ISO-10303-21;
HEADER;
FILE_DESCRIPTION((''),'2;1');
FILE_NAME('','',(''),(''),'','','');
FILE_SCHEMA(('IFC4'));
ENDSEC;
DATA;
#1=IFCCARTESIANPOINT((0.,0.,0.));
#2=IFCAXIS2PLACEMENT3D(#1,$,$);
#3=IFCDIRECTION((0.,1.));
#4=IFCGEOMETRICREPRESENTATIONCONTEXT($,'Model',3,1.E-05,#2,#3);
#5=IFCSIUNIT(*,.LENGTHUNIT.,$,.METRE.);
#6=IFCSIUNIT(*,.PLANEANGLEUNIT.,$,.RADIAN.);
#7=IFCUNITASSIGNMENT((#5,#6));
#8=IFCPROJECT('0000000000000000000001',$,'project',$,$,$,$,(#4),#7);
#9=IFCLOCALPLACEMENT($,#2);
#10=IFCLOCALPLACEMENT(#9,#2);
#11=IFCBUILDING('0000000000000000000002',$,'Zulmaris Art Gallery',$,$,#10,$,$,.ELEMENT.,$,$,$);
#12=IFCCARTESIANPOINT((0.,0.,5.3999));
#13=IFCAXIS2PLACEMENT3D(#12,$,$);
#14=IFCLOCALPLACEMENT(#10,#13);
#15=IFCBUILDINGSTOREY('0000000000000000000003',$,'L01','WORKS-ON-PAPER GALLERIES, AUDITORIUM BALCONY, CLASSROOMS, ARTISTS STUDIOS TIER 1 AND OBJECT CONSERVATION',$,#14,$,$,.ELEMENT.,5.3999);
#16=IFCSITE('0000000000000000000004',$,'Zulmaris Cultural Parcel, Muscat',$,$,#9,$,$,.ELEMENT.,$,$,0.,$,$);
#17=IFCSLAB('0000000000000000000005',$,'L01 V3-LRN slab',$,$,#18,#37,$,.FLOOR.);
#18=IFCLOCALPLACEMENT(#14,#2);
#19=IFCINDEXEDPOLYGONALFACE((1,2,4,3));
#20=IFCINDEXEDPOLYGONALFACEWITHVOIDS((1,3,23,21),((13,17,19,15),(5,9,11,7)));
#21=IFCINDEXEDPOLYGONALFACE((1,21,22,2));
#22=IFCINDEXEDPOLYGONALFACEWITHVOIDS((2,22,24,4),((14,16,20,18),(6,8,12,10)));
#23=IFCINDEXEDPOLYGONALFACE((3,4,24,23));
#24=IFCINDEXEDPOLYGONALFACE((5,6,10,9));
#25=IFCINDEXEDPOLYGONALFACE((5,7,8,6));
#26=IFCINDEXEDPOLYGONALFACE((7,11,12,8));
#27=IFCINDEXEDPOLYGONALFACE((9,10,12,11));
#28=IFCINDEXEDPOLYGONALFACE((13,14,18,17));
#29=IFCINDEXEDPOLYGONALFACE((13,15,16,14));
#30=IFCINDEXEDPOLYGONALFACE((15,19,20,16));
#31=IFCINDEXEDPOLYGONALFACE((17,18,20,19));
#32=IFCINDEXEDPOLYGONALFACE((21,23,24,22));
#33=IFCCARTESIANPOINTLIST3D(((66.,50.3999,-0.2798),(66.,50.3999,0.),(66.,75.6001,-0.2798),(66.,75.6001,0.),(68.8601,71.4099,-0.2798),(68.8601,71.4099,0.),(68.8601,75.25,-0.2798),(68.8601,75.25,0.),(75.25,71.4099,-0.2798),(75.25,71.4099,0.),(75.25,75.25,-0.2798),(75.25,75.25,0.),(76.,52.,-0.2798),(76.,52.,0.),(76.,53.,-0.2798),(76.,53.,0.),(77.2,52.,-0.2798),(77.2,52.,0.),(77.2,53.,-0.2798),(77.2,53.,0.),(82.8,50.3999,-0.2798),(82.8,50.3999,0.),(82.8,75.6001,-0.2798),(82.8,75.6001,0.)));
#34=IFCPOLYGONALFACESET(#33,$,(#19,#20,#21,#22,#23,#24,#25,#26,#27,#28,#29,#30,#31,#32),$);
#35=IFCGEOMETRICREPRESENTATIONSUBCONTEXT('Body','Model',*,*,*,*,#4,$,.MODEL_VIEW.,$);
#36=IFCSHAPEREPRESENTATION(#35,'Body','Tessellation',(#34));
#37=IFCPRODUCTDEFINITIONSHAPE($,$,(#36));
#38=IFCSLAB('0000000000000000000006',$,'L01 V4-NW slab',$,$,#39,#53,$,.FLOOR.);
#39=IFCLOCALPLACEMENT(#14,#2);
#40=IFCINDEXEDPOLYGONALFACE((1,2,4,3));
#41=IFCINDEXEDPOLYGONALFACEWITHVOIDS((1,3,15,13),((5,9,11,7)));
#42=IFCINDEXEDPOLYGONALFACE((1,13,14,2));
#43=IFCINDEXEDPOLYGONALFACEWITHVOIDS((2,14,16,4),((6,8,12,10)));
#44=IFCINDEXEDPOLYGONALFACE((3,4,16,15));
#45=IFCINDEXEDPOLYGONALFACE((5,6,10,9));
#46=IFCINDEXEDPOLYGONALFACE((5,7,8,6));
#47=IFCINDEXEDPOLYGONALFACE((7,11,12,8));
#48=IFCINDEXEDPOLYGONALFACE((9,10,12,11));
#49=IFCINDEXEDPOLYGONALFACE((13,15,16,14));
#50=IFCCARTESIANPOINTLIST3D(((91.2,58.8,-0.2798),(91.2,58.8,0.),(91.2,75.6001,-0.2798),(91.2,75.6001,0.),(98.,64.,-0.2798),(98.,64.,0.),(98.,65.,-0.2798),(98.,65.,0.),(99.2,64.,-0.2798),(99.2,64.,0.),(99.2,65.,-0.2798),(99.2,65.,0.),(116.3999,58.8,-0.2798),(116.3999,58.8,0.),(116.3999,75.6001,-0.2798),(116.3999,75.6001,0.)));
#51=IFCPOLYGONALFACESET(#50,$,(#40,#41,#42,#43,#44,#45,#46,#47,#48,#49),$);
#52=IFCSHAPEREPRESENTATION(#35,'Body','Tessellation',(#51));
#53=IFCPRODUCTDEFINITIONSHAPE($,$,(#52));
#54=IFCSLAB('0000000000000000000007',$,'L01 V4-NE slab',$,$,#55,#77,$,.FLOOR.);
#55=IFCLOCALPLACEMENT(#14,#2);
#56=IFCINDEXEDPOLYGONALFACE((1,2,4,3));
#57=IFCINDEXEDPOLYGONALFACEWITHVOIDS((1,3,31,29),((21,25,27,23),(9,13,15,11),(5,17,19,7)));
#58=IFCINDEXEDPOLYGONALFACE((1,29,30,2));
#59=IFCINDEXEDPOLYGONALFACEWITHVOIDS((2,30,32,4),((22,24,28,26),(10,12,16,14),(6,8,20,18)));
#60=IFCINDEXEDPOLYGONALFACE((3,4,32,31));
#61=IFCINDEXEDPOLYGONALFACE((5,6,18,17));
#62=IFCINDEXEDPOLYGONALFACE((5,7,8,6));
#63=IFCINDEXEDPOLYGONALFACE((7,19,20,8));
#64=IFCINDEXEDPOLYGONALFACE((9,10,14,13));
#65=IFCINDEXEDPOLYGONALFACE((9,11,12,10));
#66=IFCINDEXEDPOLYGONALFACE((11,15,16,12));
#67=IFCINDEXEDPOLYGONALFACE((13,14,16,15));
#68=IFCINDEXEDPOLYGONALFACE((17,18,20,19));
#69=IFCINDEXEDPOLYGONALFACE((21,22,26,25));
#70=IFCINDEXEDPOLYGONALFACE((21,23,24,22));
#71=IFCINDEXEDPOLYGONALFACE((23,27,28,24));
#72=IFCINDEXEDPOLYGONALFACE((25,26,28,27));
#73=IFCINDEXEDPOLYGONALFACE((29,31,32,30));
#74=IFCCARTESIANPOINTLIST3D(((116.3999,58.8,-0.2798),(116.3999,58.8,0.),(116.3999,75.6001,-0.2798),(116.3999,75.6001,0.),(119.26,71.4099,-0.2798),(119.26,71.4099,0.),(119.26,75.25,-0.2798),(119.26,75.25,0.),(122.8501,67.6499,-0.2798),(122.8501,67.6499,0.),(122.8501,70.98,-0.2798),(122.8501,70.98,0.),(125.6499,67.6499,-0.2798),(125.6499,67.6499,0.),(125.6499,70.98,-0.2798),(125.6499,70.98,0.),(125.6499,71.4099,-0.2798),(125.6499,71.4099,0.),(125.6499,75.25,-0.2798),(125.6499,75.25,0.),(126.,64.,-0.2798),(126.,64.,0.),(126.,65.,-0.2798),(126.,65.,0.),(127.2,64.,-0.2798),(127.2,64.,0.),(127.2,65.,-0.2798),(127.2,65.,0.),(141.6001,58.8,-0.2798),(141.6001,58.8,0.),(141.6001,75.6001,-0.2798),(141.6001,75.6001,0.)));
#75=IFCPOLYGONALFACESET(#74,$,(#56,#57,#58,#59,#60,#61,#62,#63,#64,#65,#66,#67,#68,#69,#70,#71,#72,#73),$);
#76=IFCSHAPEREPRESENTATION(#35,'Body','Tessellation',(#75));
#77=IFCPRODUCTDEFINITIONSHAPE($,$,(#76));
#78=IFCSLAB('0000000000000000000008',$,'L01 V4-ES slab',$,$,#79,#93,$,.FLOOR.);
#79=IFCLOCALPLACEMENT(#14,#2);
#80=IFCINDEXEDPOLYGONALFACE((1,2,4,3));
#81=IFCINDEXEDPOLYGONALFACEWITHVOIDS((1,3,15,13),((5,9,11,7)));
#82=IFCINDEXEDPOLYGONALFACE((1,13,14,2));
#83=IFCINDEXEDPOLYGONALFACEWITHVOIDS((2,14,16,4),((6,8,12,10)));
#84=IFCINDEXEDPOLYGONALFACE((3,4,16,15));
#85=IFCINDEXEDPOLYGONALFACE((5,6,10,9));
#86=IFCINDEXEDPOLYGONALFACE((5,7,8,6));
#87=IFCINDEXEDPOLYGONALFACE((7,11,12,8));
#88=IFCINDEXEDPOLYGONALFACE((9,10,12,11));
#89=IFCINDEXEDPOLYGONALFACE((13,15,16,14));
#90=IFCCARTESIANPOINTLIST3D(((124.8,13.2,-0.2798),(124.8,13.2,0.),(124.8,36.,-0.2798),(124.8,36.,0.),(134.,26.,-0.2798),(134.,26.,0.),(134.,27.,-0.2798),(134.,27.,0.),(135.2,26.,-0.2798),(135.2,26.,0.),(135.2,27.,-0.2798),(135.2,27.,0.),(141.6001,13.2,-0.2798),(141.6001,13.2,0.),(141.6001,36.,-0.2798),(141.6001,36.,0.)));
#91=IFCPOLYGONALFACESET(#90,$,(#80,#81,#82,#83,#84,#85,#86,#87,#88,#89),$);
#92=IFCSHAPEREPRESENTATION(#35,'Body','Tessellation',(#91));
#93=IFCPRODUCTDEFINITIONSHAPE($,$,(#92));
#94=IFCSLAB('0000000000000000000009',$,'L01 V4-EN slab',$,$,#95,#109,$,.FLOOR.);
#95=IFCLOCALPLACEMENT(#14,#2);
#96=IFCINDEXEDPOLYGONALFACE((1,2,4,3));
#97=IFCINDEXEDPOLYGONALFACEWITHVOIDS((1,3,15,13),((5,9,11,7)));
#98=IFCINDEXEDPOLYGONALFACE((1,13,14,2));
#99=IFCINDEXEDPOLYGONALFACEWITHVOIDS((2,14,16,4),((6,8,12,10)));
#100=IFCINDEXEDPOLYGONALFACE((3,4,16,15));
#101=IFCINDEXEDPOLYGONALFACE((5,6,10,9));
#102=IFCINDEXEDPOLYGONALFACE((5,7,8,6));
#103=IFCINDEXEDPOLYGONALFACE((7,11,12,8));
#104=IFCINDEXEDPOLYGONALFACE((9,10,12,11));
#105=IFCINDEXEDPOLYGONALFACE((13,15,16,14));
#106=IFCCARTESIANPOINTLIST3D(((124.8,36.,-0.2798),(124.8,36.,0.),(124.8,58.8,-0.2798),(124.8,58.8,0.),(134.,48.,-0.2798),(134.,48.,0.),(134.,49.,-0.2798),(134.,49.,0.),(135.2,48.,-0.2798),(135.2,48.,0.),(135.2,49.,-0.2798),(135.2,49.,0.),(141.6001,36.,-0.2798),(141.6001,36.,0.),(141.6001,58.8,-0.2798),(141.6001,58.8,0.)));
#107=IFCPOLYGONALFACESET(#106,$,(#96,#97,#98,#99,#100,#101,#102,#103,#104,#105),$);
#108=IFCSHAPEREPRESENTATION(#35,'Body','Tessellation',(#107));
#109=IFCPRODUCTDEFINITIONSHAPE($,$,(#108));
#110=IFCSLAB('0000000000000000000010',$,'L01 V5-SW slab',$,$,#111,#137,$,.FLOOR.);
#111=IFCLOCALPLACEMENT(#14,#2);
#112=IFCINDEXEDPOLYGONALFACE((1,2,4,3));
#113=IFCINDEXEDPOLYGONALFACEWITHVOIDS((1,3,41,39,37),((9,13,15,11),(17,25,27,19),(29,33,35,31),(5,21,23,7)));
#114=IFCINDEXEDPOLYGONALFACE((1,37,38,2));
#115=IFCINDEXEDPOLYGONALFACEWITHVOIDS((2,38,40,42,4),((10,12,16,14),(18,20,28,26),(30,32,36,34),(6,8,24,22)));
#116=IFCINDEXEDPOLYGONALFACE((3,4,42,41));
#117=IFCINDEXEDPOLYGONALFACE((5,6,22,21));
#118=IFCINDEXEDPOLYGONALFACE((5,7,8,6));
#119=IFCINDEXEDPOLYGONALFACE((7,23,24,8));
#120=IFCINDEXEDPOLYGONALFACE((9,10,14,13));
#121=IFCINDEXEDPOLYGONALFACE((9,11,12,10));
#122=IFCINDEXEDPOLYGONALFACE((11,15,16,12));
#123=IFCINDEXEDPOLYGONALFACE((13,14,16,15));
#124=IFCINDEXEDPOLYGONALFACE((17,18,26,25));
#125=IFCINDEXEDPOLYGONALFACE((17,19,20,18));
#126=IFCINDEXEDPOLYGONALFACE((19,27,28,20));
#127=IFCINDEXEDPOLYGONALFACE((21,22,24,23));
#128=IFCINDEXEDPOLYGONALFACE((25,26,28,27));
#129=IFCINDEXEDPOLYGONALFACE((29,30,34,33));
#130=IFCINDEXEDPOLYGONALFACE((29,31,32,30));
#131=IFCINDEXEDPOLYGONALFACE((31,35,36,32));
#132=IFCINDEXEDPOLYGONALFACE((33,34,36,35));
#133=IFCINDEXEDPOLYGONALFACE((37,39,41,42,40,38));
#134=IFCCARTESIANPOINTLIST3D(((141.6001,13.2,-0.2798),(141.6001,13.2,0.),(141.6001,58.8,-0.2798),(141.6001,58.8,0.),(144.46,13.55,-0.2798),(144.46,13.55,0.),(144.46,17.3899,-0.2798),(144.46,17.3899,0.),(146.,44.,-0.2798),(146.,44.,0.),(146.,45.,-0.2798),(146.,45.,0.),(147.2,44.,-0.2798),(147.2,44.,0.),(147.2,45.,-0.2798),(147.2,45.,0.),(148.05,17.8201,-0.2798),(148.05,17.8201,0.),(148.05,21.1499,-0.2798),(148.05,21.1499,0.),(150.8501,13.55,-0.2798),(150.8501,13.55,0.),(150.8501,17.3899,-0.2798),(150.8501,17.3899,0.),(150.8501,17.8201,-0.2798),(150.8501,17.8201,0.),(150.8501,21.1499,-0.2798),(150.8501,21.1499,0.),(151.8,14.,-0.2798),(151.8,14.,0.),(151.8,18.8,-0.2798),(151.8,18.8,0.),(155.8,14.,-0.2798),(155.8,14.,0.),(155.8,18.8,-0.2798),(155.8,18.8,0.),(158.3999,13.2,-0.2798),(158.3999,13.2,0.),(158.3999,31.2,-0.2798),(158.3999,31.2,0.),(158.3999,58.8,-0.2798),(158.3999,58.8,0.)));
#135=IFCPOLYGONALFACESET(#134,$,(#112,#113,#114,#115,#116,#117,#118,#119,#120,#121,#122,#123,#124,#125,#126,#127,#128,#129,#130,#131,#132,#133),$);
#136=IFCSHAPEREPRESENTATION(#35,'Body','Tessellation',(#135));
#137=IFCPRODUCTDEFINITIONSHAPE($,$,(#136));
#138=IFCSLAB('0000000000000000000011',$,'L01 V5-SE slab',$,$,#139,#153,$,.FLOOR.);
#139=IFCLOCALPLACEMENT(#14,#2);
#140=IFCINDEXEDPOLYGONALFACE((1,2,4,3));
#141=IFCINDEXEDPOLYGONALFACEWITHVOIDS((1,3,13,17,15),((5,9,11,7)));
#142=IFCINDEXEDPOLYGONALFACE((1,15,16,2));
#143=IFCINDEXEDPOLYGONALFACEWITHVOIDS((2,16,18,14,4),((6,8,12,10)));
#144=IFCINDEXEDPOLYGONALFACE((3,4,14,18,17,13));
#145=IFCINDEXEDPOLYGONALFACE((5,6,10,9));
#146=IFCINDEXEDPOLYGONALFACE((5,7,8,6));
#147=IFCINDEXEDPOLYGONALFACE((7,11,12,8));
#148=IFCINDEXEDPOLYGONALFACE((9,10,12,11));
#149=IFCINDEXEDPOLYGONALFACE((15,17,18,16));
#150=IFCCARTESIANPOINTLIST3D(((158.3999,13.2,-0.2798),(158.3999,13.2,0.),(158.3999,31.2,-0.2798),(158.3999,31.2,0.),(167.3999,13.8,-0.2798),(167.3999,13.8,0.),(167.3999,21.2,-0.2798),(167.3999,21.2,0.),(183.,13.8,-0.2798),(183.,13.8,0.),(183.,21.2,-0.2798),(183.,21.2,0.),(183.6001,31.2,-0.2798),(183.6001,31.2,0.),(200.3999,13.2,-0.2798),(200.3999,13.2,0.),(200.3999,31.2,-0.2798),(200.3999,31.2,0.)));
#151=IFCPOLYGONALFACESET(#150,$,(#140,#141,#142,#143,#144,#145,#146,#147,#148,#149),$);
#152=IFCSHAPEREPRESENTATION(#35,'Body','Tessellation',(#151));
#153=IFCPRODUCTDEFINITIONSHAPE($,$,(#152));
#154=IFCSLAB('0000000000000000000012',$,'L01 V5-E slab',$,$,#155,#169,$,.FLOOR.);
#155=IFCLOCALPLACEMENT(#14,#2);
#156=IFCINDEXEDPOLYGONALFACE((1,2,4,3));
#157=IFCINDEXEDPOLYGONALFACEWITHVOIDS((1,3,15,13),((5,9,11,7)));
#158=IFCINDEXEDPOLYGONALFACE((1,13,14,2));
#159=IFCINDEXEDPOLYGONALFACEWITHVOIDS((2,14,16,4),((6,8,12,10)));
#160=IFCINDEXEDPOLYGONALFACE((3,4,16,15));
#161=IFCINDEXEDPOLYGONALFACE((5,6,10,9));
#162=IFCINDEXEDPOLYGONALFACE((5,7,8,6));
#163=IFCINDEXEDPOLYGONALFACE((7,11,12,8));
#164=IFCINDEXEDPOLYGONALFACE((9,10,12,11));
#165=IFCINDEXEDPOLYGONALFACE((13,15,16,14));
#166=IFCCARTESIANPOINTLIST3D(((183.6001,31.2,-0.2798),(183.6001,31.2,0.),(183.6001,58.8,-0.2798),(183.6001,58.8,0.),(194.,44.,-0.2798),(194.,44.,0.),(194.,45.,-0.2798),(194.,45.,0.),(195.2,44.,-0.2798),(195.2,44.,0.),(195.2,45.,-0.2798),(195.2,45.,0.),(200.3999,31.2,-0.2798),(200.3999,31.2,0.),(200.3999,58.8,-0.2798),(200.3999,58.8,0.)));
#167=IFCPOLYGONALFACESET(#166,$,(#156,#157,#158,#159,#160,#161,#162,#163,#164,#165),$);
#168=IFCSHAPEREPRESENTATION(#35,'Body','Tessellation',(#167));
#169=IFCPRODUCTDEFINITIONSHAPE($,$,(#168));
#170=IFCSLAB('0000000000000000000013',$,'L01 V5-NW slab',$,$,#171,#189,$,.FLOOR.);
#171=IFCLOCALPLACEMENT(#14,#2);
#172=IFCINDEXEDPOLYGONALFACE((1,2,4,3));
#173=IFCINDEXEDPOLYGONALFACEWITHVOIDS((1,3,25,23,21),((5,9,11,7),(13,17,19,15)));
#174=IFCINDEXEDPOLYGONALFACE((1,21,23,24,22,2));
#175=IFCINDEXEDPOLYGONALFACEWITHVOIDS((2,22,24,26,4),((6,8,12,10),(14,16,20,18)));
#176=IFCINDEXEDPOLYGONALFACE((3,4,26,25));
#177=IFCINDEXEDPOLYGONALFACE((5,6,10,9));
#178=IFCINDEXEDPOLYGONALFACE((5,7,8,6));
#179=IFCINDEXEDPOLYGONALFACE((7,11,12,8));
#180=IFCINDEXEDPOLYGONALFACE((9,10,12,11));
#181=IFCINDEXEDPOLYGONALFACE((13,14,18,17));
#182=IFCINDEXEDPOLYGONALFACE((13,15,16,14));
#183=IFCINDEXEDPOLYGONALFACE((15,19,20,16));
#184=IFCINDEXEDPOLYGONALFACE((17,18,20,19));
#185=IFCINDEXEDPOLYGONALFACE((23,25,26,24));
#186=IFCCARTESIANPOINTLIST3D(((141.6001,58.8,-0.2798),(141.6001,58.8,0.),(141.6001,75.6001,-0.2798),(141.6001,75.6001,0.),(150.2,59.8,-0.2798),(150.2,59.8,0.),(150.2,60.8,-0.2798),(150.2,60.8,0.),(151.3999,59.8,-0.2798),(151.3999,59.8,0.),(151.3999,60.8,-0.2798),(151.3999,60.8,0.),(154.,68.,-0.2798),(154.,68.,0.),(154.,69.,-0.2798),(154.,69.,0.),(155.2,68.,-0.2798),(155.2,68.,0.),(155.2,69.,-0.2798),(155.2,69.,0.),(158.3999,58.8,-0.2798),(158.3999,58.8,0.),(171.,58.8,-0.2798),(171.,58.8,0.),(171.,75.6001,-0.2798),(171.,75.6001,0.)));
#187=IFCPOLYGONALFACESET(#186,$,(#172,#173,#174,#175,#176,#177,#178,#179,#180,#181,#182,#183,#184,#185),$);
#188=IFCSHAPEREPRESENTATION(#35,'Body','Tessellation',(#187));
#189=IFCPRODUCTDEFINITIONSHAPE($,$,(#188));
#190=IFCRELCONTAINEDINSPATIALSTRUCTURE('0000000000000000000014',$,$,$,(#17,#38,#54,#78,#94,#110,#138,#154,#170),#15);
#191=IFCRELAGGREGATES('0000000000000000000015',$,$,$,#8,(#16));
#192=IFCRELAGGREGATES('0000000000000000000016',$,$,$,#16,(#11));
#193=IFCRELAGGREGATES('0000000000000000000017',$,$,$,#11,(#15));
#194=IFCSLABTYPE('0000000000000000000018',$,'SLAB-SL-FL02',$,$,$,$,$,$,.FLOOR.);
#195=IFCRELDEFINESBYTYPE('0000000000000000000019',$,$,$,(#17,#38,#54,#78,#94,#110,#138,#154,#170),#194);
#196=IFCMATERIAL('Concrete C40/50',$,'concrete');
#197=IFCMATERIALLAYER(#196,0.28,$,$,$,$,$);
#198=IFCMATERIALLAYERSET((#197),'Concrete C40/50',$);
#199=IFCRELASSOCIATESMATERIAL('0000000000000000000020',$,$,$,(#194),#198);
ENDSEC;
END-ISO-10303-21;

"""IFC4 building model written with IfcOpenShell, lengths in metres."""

from ifc_helpers import new_model, si_unit, direction, frame, origin, place, context, subcontext, project, spatial, polyline, outline, extrude, material, layer, layer_set, type_object, element, save


model = new_model("IFC4")

# Units and contexts
model_context = context("Model", 3, precision=1e-05, world=origin(), true_north=direction((0.0, 1.0)))
body_context = subcontext(model_context, "Body", "Model", "MODEL_VIEW")
ifc_project = project(units=[si_unit("LENGTHUNIT", "METRE"), si_unit("PLANEANGLEUNIT", "RADIAN")], contexts=[model_context])

# Site, building, storey
site_placement = place(None, origin())
site = spatial("IfcSite", under=ifc_project, at=site_placement, Name="Zulmaris Cultural Parcel, Muscat", CompositionType="ELEMENT", RefElevation=0.0)
building_placement = place(site_placement, origin())
building = spatial("IfcBuilding", under=site, at=building_placement, Name="Zulmaris Art Gallery", CompositionType="ELEMENT")
storey_placement = place(building_placement, frame((0.0, 0.0, 5.3999)))
storey = spatial("IfcBuildingStorey", under=building, at=storey_placement, Name="L01", Description="WORKS-ON-PAPER GALLERIES, AUDITORIUM BALCONY, CLASSROOMS, ARTISTS STUDIOS TIER 1 AND OBJECT CONSERVATION", CompositionType="ELEMENT", Elevation=5.3999)

# Slabs
ifc_material_1 = material(Name="Concrete C40/50", Category="concrete")
ifc_layer_1 = layer(ifc_material_1, 0.28)
ifc_layer_set_1 = layer_set([ifc_layer_1], Name="Concrete C40/50")
slab_type = type_object("IfcSlabType", Name="SLAB-SL-FL02", PredefinedType="FLOOR", material=ifc_layer_set_1)
slab_1_placement = place(storey_placement, frame((0.0, 0.0, -0.2798)))
element("IfcSlab", 1, at=slab_1_placement, inside=storey, type_object=slab_type, Name="L01 V3-LRN slab", PredefinedType="FLOOR", context=body_context, shape_type="SweptSolid", body=[
    extrude(outline(polyline([(66.0, 50.3999), (66.0, 75.6001), (82.8, 75.6001), (82.8, 50.3999), (66.0, 50.3999)]), holes=[polyline([(77.2, 52.0), (77.2, 53.0), (76.0, 53.0), (76.0, 52.0), (77.2, 52.0)]), polyline([(68.8601, 71.4099), (75.25, 71.4099), (75.25, 75.25), (68.8601, 75.25), (68.8601, 71.4099)])]), origin(), (0.0, 0.0, 1.0), 0.2798),
])
slab_2_placement = place(storey_placement, frame((0.0, 0.0, -0.2798)))
element("IfcSlab", 2, at=slab_2_placement, inside=storey, type_object=slab_type, Name="L01 V4-NW slab", PredefinedType="FLOOR", context=body_context, shape_type="SweptSolid", body=[
    extrude(outline(polyline([(91.2, 58.8), (91.2, 75.6001), (116.3999, 75.6001), (116.3999, 58.8), (91.2, 58.8)]), holes=[polyline([(98.0, 64.0), (99.2, 64.0), (99.2, 65.0), (98.0, 65.0), (98.0, 64.0)])]), origin(), (0.0, 0.0, 1.0), 0.2798),
])
slab_3_placement = place(storey_placement, frame((0.0, 0.0, -0.2798)))
element("IfcSlab", 3, at=slab_3_placement, inside=storey, type_object=slab_type, Name="L01 V4-NE slab", PredefinedType="FLOOR", context=body_context, shape_type="SweptSolid", body=[
    extrude(outline(polyline([(116.3999, 58.8), (116.3999, 75.6001), (141.6001, 75.6001), (141.6001, 58.8), (116.3999, 58.8)]), holes=[polyline([(127.2, 64.0), (127.2, 65.0), (126.0, 65.0), (126.0, 64.0), (127.2, 64.0)]), polyline([(125.6499, 67.6499), (125.6499, 70.98), (122.8501, 70.98), (122.8501, 67.6499), (125.6499, 67.6499)]), polyline([(119.26, 75.25), (119.26, 71.4099), (125.6499, 71.4099), (125.6499, 75.25), (119.26, 75.25)])]), origin(), (0.0, 0.0, 1.0), 0.2798),
])
slab_4_placement = place(storey_placement, frame((0.0, 0.0, -0.2798)))
element("IfcSlab", 4, at=slab_4_placement, inside=storey, type_object=slab_type, Name="L01 V4-ES slab", PredefinedType="FLOOR", context=body_context, shape_type="SweptSolid", body=[
    extrude(outline(polyline([(124.8, 13.2), (124.8, 36.0), (141.6001, 36.0), (141.6001, 13.2), (124.8, 13.2)]), holes=[polyline([(135.2, 26.0), (135.2, 27.0), (134.0, 27.0), (134.0, 26.0), (135.2, 26.0)])]), origin(), (0.0, 0.0, 1.0), 0.2798),
])
slab_5_placement = place(storey_placement, frame((0.0, 0.0, -0.2798)))
element("IfcSlab", 5, at=slab_5_placement, inside=storey, type_object=slab_type, Name="L01 V4-EN slab", PredefinedType="FLOOR", context=body_context, shape_type="SweptSolid", body=[
    extrude(outline(polyline([(124.8, 36.0), (124.8, 58.8), (141.6001, 58.8), (141.6001, 36.0), (124.8, 36.0)]), holes=[polyline([(134.0, 48.0), (135.2, 48.0), (135.2, 49.0), (134.0, 49.0), (134.0, 48.0)])]), origin(), (0.0, 0.0, 1.0), 0.2798),
])
slab_6_placement = place(storey_placement, frame((0.0, 0.0, -0.2798)))
element("IfcSlab", 6, at=slab_6_placement, inside=storey, type_object=slab_type, Name="L01 V5-SW slab", PredefinedType="FLOOR", context=body_context, shape_type="SweptSolid", body=[
    extrude(outline(polyline([(158.3999, 58.8), (158.3999, 31.2), (158.3999, 13.2), (141.6001, 13.2), (141.6001, 58.8), (158.3999, 58.8)]), holes=[polyline([(144.46, 13.55), (150.8501, 13.55), (150.8501, 17.3899), (144.46, 17.3899), (144.46, 13.55)]), polyline([(155.8, 14.0), (155.8, 18.8), (151.8, 18.8), (151.8, 14.0), (155.8, 14.0)]), polyline([(150.8501, 17.8201), (150.8501, 21.1499), (148.05, 21.1499), (148.05, 17.8201), (150.8501, 17.8201)]), polyline([(146.0, 44.0), (147.2, 44.0), (147.2, 45.0), (146.0, 45.0), (146.0, 44.0)])]), origin(), (0.0, 0.0, 1.0), 0.2798),
])
slab_7_placement = place(storey_placement, frame((0.0, 0.0, -0.2798)))
element("IfcSlab", 7, at=slab_7_placement, inside=storey, type_object=slab_type, Name="L01 V5-SE slab", PredefinedType="FLOOR", context=body_context, shape_type="SweptSolid", body=[
    extrude(outline(polyline([(158.3999, 13.2), (158.3999, 31.2), (183.6001, 31.2), (200.3999, 31.2), (200.3999, 13.2), (158.3999, 13.2)]), holes=[polyline([(183.0, 13.8), (183.0, 21.2), (167.3999, 21.2), (167.3999, 13.8), (183.0, 13.8)])]), origin(), (0.0, 0.0, 1.0), 0.2798),
])
slab_8_placement = place(storey_placement, frame((0.0, 0.0, -0.2798)))
element("IfcSlab", 8, at=slab_8_placement, inside=storey, type_object=slab_type, Name="L01 V5-E slab", PredefinedType="FLOOR", context=body_context, shape_type="SweptSolid", body=[
    extrude(outline(polyline([(183.6001, 31.2), (183.6001, 58.8), (200.3999, 58.8), (200.3999, 31.2), (183.6001, 31.2)]), holes=[polyline([(195.2, 44.0), (195.2, 45.0), (194.0, 45.0), (194.0, 44.0), (195.2, 44.0)])]), origin(), (0.0, 0.0, 1.0), 0.2798),
])
slab_9_placement = place(storey_placement, frame((0.0, 0.0, -0.2798)))
element("IfcSlab", 9, at=slab_9_placement, inside=storey, type_object=slab_type, Name="L01 V5-NW slab", PredefinedType="FLOOR", context=body_context, shape_type="SweptSolid", body=[
    extrude(outline(polyline([(171.0, 75.6001), (171.0, 58.8), (158.3999, 58.8), (141.6001, 58.8), (141.6001, 75.6001), (171.0, 75.6001)]), holes=[polyline([(151.3999, 59.8), (151.3999, 60.8), (150.2, 60.8), (150.2, 59.8), (151.3999, 59.8)]), polyline([(155.2, 68.0), (155.2, 69.0), (154.0, 69.0), (154.0, 68.0), (155.2, 68.0)])]), origin(), (0.0, 0.0, 1.0), 0.2798),
])

save(model, "model.ifc")
